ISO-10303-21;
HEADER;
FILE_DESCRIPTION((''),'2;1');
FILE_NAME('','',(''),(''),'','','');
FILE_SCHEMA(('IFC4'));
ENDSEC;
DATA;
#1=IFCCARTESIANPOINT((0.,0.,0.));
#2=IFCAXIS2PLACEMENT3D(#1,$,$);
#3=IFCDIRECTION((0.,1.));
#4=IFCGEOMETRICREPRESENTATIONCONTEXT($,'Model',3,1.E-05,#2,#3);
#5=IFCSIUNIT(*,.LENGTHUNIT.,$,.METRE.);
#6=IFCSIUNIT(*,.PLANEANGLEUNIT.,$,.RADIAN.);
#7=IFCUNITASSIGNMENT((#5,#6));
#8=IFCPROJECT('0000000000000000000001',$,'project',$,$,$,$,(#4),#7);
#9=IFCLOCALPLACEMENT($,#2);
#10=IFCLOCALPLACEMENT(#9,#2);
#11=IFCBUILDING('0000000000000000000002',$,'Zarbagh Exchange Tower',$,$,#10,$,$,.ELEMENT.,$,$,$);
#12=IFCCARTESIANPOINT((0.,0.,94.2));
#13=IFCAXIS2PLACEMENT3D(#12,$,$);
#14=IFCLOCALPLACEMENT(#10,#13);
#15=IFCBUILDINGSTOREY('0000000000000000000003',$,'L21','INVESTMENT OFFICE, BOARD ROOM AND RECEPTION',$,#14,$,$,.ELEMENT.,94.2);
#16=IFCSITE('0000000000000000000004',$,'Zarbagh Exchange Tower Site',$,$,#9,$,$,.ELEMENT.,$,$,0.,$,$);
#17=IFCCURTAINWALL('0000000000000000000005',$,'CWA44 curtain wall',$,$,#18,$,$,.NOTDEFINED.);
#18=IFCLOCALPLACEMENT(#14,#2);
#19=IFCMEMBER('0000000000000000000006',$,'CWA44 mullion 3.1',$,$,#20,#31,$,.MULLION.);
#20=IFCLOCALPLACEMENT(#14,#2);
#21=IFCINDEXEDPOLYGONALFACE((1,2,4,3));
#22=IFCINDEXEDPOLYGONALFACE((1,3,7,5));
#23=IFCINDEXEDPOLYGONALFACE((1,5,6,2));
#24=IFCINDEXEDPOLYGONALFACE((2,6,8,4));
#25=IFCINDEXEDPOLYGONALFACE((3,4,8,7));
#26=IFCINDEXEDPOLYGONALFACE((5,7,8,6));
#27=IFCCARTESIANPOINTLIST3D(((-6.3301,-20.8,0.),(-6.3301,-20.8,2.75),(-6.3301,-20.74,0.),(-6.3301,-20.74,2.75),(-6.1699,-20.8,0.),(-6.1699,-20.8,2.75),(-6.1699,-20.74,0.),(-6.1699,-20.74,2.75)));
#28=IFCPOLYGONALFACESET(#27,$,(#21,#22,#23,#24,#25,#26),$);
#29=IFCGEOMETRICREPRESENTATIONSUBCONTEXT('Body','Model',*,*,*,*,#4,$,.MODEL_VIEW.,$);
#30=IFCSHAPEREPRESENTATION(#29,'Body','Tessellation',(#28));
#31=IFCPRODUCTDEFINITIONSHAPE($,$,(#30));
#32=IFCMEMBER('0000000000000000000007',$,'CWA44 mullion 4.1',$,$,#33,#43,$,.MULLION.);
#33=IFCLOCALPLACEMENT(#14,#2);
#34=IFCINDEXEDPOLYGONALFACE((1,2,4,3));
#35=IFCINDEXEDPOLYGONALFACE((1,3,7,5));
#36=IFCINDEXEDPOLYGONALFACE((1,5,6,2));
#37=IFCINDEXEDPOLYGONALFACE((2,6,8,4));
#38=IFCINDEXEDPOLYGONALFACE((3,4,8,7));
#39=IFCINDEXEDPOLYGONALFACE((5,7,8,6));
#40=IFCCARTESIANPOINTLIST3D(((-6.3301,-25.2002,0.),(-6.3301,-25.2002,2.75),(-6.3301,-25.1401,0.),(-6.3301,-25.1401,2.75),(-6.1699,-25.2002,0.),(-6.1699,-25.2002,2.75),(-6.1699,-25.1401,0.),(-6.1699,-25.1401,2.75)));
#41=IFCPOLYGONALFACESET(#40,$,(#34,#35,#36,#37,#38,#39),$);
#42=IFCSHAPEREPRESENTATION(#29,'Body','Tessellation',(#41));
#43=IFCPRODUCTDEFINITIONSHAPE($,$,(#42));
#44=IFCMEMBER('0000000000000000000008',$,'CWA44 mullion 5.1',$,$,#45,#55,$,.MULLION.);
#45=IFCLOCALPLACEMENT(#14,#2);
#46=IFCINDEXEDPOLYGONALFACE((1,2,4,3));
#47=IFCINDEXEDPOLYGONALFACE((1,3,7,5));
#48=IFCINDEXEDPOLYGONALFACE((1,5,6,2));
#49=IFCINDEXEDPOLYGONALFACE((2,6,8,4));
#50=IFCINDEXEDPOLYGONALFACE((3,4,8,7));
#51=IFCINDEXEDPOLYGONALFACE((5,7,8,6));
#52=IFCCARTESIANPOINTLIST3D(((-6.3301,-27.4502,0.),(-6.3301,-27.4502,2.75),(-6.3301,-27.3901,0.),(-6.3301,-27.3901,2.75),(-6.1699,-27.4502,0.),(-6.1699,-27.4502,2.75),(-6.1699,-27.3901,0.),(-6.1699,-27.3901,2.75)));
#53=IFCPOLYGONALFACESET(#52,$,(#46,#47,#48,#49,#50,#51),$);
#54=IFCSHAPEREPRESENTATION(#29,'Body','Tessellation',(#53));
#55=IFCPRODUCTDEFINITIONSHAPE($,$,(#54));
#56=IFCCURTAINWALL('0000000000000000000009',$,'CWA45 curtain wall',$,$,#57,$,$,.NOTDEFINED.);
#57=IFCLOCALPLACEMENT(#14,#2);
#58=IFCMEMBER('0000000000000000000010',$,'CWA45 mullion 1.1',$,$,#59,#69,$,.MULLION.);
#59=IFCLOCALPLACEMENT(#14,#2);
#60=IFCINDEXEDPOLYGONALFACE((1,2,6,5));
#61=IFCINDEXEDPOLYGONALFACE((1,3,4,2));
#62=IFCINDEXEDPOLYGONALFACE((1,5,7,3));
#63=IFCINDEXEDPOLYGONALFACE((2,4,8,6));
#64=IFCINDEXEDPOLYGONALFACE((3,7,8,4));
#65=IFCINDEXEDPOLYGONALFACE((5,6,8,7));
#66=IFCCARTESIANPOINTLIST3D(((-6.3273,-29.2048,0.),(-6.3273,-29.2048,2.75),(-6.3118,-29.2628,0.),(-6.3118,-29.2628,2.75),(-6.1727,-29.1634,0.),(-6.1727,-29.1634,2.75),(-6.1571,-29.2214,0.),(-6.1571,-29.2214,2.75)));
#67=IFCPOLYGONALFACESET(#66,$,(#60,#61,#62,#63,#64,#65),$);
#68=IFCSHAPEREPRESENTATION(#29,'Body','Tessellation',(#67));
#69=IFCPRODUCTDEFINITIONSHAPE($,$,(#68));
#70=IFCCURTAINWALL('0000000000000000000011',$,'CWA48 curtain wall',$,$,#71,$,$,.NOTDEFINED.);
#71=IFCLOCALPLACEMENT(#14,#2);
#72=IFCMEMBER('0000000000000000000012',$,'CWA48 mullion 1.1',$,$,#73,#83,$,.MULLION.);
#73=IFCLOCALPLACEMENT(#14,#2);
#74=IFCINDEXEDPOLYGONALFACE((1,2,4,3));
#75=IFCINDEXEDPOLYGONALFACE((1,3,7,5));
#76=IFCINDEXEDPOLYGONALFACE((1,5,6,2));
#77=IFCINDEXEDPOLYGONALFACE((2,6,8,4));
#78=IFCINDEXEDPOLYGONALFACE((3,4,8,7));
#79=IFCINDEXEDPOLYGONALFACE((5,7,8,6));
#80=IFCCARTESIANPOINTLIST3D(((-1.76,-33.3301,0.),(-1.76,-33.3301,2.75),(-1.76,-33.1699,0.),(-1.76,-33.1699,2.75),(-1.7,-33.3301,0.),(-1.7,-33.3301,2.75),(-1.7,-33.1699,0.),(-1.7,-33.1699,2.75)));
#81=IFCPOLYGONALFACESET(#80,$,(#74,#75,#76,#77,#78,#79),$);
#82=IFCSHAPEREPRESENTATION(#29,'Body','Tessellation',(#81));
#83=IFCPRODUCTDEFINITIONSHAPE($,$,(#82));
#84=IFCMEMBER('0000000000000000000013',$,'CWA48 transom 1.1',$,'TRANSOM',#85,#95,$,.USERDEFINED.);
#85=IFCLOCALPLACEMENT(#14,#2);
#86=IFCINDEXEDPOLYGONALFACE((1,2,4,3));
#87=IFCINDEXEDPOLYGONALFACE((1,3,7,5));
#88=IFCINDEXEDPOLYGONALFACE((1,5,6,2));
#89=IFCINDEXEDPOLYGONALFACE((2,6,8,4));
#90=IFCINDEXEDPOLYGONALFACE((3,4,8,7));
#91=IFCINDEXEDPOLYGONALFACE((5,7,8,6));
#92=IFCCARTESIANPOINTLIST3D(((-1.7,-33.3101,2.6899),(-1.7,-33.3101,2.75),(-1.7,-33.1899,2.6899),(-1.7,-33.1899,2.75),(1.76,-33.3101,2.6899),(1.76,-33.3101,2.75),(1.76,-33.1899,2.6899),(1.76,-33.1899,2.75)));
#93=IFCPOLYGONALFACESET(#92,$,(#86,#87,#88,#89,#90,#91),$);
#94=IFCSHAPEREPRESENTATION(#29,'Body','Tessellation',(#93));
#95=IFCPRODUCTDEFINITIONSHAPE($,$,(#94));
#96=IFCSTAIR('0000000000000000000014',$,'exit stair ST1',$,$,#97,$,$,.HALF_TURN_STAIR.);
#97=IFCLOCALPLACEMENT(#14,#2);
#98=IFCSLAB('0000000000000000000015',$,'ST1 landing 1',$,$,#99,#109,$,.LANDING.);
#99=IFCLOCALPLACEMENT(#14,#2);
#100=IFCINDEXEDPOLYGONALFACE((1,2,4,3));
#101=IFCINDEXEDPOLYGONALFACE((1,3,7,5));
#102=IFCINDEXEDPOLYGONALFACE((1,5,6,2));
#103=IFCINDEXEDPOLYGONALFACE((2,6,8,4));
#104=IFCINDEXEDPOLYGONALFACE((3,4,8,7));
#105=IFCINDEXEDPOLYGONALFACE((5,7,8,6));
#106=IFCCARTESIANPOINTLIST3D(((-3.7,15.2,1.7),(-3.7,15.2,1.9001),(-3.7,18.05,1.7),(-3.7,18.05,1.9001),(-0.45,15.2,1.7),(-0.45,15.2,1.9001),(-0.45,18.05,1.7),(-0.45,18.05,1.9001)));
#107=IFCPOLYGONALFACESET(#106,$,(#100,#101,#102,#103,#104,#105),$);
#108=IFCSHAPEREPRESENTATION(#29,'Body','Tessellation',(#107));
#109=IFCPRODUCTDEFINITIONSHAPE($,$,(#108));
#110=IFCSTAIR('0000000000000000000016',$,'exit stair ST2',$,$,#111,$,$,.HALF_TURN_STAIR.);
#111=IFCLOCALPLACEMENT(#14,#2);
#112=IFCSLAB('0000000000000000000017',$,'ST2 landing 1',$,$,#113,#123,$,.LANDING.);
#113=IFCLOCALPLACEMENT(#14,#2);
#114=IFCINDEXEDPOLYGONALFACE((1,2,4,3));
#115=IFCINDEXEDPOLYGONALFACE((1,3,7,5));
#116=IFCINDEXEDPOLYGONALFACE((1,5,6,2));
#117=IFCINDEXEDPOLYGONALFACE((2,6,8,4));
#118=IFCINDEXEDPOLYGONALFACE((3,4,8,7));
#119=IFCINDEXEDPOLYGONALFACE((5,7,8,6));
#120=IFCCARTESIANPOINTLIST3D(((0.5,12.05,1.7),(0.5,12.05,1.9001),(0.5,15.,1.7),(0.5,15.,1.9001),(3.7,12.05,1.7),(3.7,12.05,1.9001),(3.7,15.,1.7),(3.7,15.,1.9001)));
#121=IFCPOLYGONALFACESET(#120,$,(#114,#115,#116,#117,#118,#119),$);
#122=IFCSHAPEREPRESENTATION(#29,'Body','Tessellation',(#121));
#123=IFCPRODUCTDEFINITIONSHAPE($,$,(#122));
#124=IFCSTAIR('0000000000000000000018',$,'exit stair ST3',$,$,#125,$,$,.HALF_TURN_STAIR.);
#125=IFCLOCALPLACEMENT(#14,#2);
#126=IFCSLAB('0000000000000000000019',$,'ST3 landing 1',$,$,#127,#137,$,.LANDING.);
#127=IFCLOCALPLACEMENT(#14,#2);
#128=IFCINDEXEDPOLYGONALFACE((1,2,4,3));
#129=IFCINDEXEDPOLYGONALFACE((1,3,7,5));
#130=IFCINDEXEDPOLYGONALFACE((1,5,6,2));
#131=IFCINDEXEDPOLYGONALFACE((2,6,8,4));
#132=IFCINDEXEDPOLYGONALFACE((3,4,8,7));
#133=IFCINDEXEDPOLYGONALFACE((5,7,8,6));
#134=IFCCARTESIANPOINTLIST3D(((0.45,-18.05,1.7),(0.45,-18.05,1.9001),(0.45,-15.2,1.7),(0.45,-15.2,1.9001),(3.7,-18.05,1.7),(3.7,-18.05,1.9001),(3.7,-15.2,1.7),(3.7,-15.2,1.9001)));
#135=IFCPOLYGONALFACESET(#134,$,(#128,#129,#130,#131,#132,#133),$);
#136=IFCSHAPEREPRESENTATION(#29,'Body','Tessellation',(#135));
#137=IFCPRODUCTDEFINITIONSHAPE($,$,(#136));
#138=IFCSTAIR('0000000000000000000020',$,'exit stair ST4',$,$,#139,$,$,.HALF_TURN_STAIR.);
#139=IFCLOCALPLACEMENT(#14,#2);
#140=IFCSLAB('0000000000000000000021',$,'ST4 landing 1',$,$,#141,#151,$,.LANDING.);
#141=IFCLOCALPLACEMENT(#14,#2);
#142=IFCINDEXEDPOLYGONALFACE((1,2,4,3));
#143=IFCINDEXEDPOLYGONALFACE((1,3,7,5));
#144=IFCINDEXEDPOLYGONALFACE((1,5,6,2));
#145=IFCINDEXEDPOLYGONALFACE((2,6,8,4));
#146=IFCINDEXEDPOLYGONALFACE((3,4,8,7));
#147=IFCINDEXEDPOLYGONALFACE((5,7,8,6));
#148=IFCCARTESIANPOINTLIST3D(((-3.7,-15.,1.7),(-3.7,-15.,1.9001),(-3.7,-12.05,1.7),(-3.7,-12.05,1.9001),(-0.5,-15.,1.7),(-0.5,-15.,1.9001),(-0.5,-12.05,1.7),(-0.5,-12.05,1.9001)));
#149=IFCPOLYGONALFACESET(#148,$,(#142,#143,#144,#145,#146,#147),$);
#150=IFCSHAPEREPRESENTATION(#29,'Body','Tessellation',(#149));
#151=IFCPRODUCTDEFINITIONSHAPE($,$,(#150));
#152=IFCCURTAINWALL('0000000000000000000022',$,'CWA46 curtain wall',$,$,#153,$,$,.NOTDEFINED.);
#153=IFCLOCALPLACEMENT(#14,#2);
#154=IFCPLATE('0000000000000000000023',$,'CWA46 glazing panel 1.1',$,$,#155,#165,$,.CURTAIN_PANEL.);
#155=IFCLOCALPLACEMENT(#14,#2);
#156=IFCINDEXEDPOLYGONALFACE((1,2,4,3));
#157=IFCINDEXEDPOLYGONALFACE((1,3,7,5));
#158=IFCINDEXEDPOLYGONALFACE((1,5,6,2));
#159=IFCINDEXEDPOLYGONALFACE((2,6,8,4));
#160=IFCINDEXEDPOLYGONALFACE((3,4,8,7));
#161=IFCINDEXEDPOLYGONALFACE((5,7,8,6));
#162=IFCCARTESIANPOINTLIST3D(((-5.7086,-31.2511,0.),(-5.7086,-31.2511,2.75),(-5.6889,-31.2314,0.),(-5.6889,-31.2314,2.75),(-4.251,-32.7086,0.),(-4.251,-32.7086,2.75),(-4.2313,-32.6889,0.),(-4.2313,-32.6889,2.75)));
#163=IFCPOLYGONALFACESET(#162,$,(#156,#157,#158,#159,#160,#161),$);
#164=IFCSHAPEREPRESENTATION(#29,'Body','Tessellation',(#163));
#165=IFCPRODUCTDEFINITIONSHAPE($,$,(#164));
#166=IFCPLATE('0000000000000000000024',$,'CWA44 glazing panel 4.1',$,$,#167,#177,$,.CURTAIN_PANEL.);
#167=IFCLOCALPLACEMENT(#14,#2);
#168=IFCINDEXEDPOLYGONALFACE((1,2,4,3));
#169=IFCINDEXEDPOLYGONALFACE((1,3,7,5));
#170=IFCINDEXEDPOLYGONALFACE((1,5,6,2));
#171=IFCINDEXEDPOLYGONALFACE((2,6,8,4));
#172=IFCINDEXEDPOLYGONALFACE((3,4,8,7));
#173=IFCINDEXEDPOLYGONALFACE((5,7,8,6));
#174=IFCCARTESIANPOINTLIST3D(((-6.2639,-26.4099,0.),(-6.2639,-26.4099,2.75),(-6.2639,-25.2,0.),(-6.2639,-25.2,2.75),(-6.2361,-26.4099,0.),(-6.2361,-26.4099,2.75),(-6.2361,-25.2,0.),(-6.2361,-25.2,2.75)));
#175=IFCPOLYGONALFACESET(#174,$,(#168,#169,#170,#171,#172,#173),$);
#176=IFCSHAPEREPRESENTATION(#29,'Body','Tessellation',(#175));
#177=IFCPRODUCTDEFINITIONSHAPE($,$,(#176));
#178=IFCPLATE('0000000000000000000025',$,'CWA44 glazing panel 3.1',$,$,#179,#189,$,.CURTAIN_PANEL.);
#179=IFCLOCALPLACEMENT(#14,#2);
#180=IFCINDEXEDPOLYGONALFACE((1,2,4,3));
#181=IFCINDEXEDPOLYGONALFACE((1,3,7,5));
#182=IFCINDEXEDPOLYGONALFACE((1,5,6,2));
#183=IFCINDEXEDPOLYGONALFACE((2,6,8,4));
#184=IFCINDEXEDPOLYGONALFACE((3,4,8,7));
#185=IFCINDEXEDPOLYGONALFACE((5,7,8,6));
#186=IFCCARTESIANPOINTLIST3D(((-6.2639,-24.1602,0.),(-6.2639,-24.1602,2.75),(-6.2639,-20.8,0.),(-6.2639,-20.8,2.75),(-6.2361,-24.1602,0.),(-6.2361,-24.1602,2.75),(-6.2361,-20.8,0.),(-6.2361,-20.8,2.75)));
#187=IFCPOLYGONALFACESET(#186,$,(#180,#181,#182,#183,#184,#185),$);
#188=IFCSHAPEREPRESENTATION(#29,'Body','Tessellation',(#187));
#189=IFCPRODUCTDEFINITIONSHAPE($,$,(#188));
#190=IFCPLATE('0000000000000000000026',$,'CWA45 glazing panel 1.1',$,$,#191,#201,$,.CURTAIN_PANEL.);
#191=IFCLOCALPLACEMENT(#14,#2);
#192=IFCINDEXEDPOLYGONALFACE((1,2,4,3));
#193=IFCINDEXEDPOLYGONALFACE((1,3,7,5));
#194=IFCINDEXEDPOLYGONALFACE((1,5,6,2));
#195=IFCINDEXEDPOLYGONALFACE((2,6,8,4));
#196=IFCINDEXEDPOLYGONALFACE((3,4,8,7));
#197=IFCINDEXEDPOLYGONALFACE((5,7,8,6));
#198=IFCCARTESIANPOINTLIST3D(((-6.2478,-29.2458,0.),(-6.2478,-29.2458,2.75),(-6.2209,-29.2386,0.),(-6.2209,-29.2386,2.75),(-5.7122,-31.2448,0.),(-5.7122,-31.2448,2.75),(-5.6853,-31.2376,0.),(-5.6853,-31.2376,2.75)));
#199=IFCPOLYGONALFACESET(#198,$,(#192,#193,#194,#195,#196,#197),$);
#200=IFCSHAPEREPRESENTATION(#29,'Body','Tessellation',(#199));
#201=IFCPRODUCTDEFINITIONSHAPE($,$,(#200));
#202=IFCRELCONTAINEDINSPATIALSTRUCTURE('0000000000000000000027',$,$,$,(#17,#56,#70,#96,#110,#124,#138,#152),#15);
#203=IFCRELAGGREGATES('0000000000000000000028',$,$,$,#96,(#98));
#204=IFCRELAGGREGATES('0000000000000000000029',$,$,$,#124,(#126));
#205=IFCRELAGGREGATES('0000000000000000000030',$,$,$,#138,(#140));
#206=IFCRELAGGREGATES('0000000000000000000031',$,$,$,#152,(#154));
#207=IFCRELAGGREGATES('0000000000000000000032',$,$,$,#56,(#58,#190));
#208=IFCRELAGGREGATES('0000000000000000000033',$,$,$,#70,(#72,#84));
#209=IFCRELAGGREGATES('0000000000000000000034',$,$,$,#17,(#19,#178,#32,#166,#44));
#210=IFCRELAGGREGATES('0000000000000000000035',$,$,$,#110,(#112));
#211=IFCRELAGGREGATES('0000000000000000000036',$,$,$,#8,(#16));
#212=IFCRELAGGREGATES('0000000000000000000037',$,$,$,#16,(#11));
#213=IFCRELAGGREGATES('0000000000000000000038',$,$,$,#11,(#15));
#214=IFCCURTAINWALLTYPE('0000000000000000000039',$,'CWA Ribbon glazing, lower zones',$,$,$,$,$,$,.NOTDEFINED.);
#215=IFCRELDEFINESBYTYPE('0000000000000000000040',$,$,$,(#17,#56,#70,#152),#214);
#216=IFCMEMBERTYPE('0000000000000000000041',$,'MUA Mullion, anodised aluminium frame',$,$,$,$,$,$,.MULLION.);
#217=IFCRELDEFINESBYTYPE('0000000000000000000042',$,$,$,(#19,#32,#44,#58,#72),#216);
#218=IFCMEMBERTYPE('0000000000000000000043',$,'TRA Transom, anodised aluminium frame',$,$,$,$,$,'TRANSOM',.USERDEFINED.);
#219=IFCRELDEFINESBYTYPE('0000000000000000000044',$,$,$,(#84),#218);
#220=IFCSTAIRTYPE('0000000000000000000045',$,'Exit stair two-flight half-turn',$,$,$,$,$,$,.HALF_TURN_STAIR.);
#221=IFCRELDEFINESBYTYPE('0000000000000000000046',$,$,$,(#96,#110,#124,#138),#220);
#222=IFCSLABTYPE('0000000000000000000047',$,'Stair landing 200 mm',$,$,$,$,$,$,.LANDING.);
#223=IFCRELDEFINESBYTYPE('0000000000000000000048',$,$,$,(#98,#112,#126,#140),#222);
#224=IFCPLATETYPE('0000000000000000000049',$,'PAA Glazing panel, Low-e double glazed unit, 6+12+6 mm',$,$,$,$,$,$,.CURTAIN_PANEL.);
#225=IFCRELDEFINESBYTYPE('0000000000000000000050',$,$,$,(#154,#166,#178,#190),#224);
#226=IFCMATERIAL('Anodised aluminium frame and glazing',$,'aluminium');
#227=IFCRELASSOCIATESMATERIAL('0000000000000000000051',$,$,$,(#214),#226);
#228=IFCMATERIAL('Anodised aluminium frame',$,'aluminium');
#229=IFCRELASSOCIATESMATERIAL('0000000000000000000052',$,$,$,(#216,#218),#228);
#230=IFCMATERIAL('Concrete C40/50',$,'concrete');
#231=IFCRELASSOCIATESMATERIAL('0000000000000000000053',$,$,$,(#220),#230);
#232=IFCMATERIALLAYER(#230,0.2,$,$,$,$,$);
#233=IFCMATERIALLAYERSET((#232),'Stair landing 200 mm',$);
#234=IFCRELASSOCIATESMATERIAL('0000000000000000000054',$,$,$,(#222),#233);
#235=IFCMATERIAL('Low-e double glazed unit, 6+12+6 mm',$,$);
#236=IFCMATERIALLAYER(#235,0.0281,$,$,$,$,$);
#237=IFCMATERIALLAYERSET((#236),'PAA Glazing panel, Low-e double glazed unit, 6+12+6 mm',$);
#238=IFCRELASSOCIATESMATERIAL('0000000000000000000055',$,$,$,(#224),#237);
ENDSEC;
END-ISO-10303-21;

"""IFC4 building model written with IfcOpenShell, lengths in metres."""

from ifc_helpers import new_model, si_unit, direction, frame, origin, place, context, subcontext, project, spatial, polyline, outline, extrude, source, transform, mapped, material, layer, layer_set, type_object, element, aggregate, save


model = new_model("IFC4")

# Units and contexts
model_context = context("Model", 3, precision=1e-05, world=origin(), true_north=direction((0.0, 1.0)))
body_context = subcontext(model_context, "Body", "Model", "MODEL_VIEW")
ifc_project = project(units=[si_unit("LENGTHUNIT", "METRE"), si_unit("PLANEANGLEUNIT", "RADIAN")], contexts=[model_context])

# Site, building, storey
site_placement = place(None, origin())
site = spatial("IfcSite", under=ifc_project, at=site_placement, Name="Zarbagh Exchange Tower Site", CompositionType="ELEMENT", RefElevation=0.0)
building_placement = place(site_placement, origin())
building = spatial("IfcBuilding", under=site, at=building_placement, Name="Zarbagh Exchange Tower", CompositionType="ELEMENT")
storey_placement = place(building_placement, frame((0.0, 0.0, 94.2)))
storey = spatial("IfcBuildingStorey", under=building, at=storey_placement, Name="L21", Description="INVESTMENT OFFICE, BOARD ROOM AND RECEPTION", CompositionType="ELEMENT", Elevation=94.2)

# Curtain wall, members
ifc_material_1 = material(Name="Anodised aluminium frame and glazing", Category="aluminium")
curtain_wall_type = type_object("IfcCurtainWallType", Name="CWA Ribbon glazing, lower zones", PredefinedType="NOTDEFINED", material=ifc_material_1)
curtain_wall_1_placement = place(storey_placement, origin())
curtain_wall_1 = element("IfcCurtainWall", 1, at=curtain_wall_1_placement, inside=storey, type_object=curtain_wall_type, Name="CWA44 curtain wall", PredefinedType="NOTDEFINED")
ifc_material_2 = material(Name="Anodised aluminium frame", Category="aluminium")
member_type_1 = type_object("IfcMemberType", Name="MUA Mullion, anodised aluminium frame", PredefinedType="MULLION", material=ifc_material_2)
shared_shape_1 = source(origin(), body_context, "Body", "SweptSolid", [
    extrude(outline(polyline([(0.0, -0.0801), (0.0601, -0.0801), (0.0601, 0.0801), (0.0, 0.0801), (0.0, -0.0801)])), origin(), (0.0, 0.0, 1.0), 2.75),
])
placement = place(storey_placement, origin())
member_1 = element("IfcMember", 2, at=placement, type_object=member_type_1, Name="CWA44 mullion 3.1", PredefinedType="MULLION", context=body_context, shape_type="MappedRepresentation", body=[
    mapped(shared_shape_1, transform((-6.25, -20.74, 0.0), x_axis=(0.0, -1.0, 0.0), y_axis=(1.0, 0.0, 0.0), z_axis=(0.0, 0.0, 1.0))),
])
member_2 = element("IfcMember", 3, at=placement, type_object=member_type_1, Name="CWA44 mullion 4.1", PredefinedType="MULLION", context=body_context, shape_type="MappedRepresentation", body=[
    mapped(shared_shape_1, transform((-6.25, -25.1401, 0.0), x_axis=(0.0, -1.0, 0.0), y_axis=(1.0, 0.0, 0.0), z_axis=(0.0, 0.0, 1.0))),
])
member_3 = element("IfcMember", 4, at=placement, type_object=member_type_1, Name="CWA44 mullion 5.1", PredefinedType="MULLION", context=body_context, shape_type="MappedRepresentation", body=[
    mapped(shared_shape_1, transform((-6.25, -27.3901, 0.0), x_axis=(0.0, -1.0, 0.0), y_axis=(1.0, 0.0, 0.0), z_axis=(0.0, 0.0, 1.0))),
])

# Curtain wall, member
curtain_wall_2_placement = place(storey_placement, origin())
curtain_wall_2 = element("IfcCurtainWall", 5, at=curtain_wall_2_placement, inside=storey, type_object=curtain_wall_type, Name="CWA45 curtain wall", PredefinedType="NOTDEFINED")
member_4 = element("IfcMember", 6, at=placement, type_object=member_type_1, Name="CWA45 mullion 1.1", PredefinedType="MULLION", context=body_context, shape_type="MappedRepresentation", body=[
    mapped(shared_shape_1, transform((-6.25, -29.1841, 0.0), x_axis=(0.258825, -0.965924, 0.0), y_axis=(0.965924, 0.258825, 0.0), z_axis=(0.0, 0.0, 1.0))),
])

# Curtain wall, members
curtain_wall_3_placement = place(storey_placement, origin())
curtain_wall_3 = element("IfcCurtainWall", 7, at=curtain_wall_3_placement, inside=storey, type_object=curtain_wall_type, Name="CWA48 curtain wall", PredefinedType="NOTDEFINED")
member_5 = element("IfcMember", 8, at=placement, type_object=member_type_1, Name="CWA48 mullion 1.1", PredefinedType="MULLION", context=body_context, shape_type="MappedRepresentation", body=[
    mapped(shared_shape_1, transform((-1.76, -33.25, 0.0), x_axis=(1.0, 0.0, 0.0), y_axis=(0.0, 1.0, 0.0), z_axis=(0.0, 0.0, 1.0))),
])
member_type_2 = type_object("IfcMemberType", Name="TRA Transom, anodised aluminium frame", ElementType="TRANSOM", PredefinedType="USERDEFINED", material=ifc_material_2)
shared_shape_2 = source(origin(), body_context, "Body", "SweptSolid", [
    extrude(outline(polyline([(-0.0601, -0.0601), (0.0, -0.0601), (0.0, 0.0601), (-0.0601, 0.0601), (-0.0601, -0.0601)])), origin(), (0.0, 0.0, 1.0), 3.46),
])
member_6 = element("IfcMember", 9, at=placement, type_object=member_type_2, Name="CWA48 transom 1.1", ObjectType="TRANSOM", PredefinedType="USERDEFINED", context=body_context, shape_type="MappedRepresentation", body=[
    mapped(shared_shape_2, transform((-1.7, -33.25, 2.75), x_axis=(0.0, 0.0, 1.0), y_axis=(0.0, -1.0, 0.0), z_axis=(1.0, 0.0, 0.0))),
])

# Stairs, slabs
ifc_material_3 = material(Name="Concrete C40/50", Category="concrete")
stair_type = type_object("IfcStairType", Name="Exit stair two-flight half-turn", PredefinedType="HALF_TURN_STAIR", material=ifc_material_3)
stair_1_placement = place(storey_placement, origin())
stair_1 = element("IfcStair", 10, at=stair_1_placement, inside=storey, type_object=stair_type, Name="exit stair ST1", PredefinedType="HALF_TURN_STAIR")
ifc_layer_1 = layer(ifc_material_3, 0.2)
ifc_layer_set_1 = layer_set([ifc_layer_1], Name="Stair landing 200 mm")
slab_type = type_object("IfcSlabType", Name="Stair landing 200 mm", PredefinedType="LANDING", material=ifc_layer_set_1)
slab_1_placement = place(storey_placement, frame((0.0, 0.0, 1.7)))
slab_1 = element("IfcSlab", 11, at=slab_1_placement, type_object=slab_type, Name="ST1 landing 1", PredefinedType="LANDING", context=body_context, shape_type="SweptSolid", body=[
    extrude(outline(polyline([(-0.45, 18.05), (-3.7, 18.05), (-3.7, 15.2), (-0.45, 15.2), (-0.45, 18.05)])), origin(), (0.0, 0.0, 1.0), 0.2002),
])
aggregate(stair_1, [slab_1])
stair_2_placement = place(storey_placement, origin())
stair_2 = element("IfcStair", 12, at=stair_2_placement, inside=storey, type_object=stair_type, Name="exit stair ST2", PredefinedType="HALF_TURN_STAIR")
slab_2_placement = place(storey_placement, frame((0.0, 0.0, 1.7)))
slab_2 = element("IfcSlab", 13, at=slab_2_placement, type_object=slab_type, Name="ST2 landing 1", PredefinedType="LANDING", context=body_context, shape_type="SweptSolid", body=[
    extrude(outline(polyline([(0.5, 12.05), (3.7, 12.05), (3.7, 15.0), (0.5, 15.0), (0.5, 12.05)])), origin(), (0.0, 0.0, 1.0), 0.2002),
])
stair_3_placement = place(storey_placement, origin())
stair_3 = element("IfcStair", 14, at=stair_3_placement, inside=storey, type_object=stair_type, Name="exit stair ST3", PredefinedType="HALF_TURN_STAIR")
slab_3_placement = place(storey_placement, frame((0.0, 0.0, 1.7)))
slab_3 = element("IfcSlab", 15, at=slab_3_placement, type_object=slab_type, Name="ST3 landing 1", PredefinedType="LANDING", context=body_context, shape_type="SweptSolid", body=[
    extrude(outline(polyline([(0.45, -18.05), (3.7, -18.05), (3.7, -15.2), (0.45, -15.2), (0.45, -18.05)])), origin(), (0.0, 0.0, 1.0), 0.2002),
])
aggregate(stair_3, [slab_3])
stair_4_placement = place(storey_placement, origin())
stair_4 = element("IfcStair", 16, at=stair_4_placement, inside=storey, type_object=stair_type, Name="exit stair ST4", PredefinedType="HALF_TURN_STAIR")
slab_4_placement = place(storey_placement, frame((0.0, 0.0, 1.7)))
slab_4 = element("IfcSlab", 17, at=slab_4_placement, type_object=slab_type, Name="ST4 landing 1", PredefinedType="LANDING", context=body_context, shape_type="SweptSolid", body=[
    extrude(outline(polyline([(-0.5, -12.05), (-3.7, -12.05), (-3.7, -15.0), (-0.5, -15.0), (-0.5, -12.05)])), origin(), (0.0, 0.0, 1.0), 0.2002),
])
aggregate(stair_4, [slab_4])

# Curtain wall, plate
curtain_wall_4_placement = place(storey_placement, origin())
curtain_wall_4 = element("IfcCurtainWall", 18, at=curtain_wall_4_placement, inside=storey, type_object=curtain_wall_type, Name="CWA46 curtain wall", PredefinedType="NOTDEFINED")
ifc_material_4 = material(Name="Low-e double glazed unit, 6+12+6 mm")
ifc_layer_2 = layer(ifc_material_4, 0.0281)
ifc_layer_set_2 = layer_set([ifc_layer_2], Name="PAA Glazing panel, Low-e double glazed unit, 6+12+6 mm")
plate_type = type_object("IfcPlateType", Name="PAA Glazing panel, Low-e double glazed unit, 6+12+6 mm", PredefinedType="CURTAIN_PANEL", material=ifc_layer_set_2)
shared_shape_3 = source(origin(), body_context, "Body", "SweptSolid", [
    extrude(outline(polyline([(0.0, -0.0139), (2.0613, -0.0139), (2.0613, 0.0139), (0.0, 0.0139), (0.0, -0.0139)])), origin(), (0.0, 0.0, 1.0), 2.75),
])
plate_1 = element("IfcPlate", 19, at=placement, type_object=plate_type, Name="CWA46 glazing panel 1.1", PredefinedType="CURTAIN_PANEL", context=body_context, shape_type="MappedRepresentation", body=[
    mapped(shared_shape_3, transform((-5.6987, -31.2412, 0.0), x_axis=(0.707107, -0.707107, 0.0), y_axis=(0.707107, 0.707107, 0.0), z_axis=(0.0, 0.0, 1.0))),
])
aggregate(curtain_wall_4, [plate_1])

# Plates
shared_shape_4 = source(origin(), body_context, "Body", "SweptSolid", [
    extrude(outline(polyline([(0.0, -0.0139), (1.21, -0.0139), (1.21, 0.0139), (0.0, 0.0139), (0.0, -0.0139)])), origin(), (0.0, 0.0, 1.0), 2.75),
])
plate_2 = element("IfcPlate", 20, at=placement, type_object=plate_type, Name="CWA44 glazing panel 4.1", PredefinedType="CURTAIN_PANEL", context=body_context, shape_type="MappedRepresentation", body=[
    mapped(shared_shape_4, transform((-6.25, -25.2, 0.0), x_axis=(0.0, -1.0, 0.0), y_axis=(1.0, 0.0, 0.0), z_axis=(0.0, 0.0, 1.0))),
])
shared_shape_5 = source(origin(), body_context, "Body", "SweptSolid", [
    extrude(outline(polyline([(0.0, -0.0139), (3.3601, -0.0139), (3.3601, 0.0139), (0.0, 0.0139), (0.0, -0.0139)])), origin(), (0.0, 0.0, 1.0), 2.75),
])
plate_3 = element("IfcPlate", 21, at=placement, type_object=plate_type, Name="CWA44 glazing panel 3.1", PredefinedType="CURTAIN_PANEL", context=body_context, shape_type="MappedRepresentation", body=[
    mapped(shared_shape_5, transform((-6.25, -20.8, 0.0), x_axis=(0.0, -1.0, 0.0), y_axis=(1.0, 0.0, 0.0), z_axis=(0.0, 0.0, 1.0))),
])
shared_shape_6 = source(origin(), body_context, "Body", "SweptSolid", [
    extrude(outline(polyline([(0.0, -0.0139), (2.0696, -0.0139), (2.0696, 0.0139), (0.0, 0.0139), (0.0, -0.0139)])), origin(), (0.0, 0.0, 1.0), 2.75),
])
plate_4 = element("IfcPlate", 22, at=placement, type_object=plate_type, Name="CWA45 glazing panel 1.1", PredefinedType="CURTAIN_PANEL", context=body_context, shape_type="MappedRepresentation", body=[
    mapped(shared_shape_6, transform((-6.2344, -29.2422, 0.0), x_axis=(0.258825, -0.965924, 0.0), y_axis=(0.965924, 0.258825, 0.0), z_axis=(0.0, 0.0, 1.0))),
])
aggregate(curtain_wall_2, [member_4, plate_4])

aggregate(curtain_wall_3, [member_5, member_6])
aggregate(curtain_wall_1, [member_1, plate_3, member_2, plate_2, member_3])

aggregate(stair_2, [slab_2])

save(model, "model.ifc")
